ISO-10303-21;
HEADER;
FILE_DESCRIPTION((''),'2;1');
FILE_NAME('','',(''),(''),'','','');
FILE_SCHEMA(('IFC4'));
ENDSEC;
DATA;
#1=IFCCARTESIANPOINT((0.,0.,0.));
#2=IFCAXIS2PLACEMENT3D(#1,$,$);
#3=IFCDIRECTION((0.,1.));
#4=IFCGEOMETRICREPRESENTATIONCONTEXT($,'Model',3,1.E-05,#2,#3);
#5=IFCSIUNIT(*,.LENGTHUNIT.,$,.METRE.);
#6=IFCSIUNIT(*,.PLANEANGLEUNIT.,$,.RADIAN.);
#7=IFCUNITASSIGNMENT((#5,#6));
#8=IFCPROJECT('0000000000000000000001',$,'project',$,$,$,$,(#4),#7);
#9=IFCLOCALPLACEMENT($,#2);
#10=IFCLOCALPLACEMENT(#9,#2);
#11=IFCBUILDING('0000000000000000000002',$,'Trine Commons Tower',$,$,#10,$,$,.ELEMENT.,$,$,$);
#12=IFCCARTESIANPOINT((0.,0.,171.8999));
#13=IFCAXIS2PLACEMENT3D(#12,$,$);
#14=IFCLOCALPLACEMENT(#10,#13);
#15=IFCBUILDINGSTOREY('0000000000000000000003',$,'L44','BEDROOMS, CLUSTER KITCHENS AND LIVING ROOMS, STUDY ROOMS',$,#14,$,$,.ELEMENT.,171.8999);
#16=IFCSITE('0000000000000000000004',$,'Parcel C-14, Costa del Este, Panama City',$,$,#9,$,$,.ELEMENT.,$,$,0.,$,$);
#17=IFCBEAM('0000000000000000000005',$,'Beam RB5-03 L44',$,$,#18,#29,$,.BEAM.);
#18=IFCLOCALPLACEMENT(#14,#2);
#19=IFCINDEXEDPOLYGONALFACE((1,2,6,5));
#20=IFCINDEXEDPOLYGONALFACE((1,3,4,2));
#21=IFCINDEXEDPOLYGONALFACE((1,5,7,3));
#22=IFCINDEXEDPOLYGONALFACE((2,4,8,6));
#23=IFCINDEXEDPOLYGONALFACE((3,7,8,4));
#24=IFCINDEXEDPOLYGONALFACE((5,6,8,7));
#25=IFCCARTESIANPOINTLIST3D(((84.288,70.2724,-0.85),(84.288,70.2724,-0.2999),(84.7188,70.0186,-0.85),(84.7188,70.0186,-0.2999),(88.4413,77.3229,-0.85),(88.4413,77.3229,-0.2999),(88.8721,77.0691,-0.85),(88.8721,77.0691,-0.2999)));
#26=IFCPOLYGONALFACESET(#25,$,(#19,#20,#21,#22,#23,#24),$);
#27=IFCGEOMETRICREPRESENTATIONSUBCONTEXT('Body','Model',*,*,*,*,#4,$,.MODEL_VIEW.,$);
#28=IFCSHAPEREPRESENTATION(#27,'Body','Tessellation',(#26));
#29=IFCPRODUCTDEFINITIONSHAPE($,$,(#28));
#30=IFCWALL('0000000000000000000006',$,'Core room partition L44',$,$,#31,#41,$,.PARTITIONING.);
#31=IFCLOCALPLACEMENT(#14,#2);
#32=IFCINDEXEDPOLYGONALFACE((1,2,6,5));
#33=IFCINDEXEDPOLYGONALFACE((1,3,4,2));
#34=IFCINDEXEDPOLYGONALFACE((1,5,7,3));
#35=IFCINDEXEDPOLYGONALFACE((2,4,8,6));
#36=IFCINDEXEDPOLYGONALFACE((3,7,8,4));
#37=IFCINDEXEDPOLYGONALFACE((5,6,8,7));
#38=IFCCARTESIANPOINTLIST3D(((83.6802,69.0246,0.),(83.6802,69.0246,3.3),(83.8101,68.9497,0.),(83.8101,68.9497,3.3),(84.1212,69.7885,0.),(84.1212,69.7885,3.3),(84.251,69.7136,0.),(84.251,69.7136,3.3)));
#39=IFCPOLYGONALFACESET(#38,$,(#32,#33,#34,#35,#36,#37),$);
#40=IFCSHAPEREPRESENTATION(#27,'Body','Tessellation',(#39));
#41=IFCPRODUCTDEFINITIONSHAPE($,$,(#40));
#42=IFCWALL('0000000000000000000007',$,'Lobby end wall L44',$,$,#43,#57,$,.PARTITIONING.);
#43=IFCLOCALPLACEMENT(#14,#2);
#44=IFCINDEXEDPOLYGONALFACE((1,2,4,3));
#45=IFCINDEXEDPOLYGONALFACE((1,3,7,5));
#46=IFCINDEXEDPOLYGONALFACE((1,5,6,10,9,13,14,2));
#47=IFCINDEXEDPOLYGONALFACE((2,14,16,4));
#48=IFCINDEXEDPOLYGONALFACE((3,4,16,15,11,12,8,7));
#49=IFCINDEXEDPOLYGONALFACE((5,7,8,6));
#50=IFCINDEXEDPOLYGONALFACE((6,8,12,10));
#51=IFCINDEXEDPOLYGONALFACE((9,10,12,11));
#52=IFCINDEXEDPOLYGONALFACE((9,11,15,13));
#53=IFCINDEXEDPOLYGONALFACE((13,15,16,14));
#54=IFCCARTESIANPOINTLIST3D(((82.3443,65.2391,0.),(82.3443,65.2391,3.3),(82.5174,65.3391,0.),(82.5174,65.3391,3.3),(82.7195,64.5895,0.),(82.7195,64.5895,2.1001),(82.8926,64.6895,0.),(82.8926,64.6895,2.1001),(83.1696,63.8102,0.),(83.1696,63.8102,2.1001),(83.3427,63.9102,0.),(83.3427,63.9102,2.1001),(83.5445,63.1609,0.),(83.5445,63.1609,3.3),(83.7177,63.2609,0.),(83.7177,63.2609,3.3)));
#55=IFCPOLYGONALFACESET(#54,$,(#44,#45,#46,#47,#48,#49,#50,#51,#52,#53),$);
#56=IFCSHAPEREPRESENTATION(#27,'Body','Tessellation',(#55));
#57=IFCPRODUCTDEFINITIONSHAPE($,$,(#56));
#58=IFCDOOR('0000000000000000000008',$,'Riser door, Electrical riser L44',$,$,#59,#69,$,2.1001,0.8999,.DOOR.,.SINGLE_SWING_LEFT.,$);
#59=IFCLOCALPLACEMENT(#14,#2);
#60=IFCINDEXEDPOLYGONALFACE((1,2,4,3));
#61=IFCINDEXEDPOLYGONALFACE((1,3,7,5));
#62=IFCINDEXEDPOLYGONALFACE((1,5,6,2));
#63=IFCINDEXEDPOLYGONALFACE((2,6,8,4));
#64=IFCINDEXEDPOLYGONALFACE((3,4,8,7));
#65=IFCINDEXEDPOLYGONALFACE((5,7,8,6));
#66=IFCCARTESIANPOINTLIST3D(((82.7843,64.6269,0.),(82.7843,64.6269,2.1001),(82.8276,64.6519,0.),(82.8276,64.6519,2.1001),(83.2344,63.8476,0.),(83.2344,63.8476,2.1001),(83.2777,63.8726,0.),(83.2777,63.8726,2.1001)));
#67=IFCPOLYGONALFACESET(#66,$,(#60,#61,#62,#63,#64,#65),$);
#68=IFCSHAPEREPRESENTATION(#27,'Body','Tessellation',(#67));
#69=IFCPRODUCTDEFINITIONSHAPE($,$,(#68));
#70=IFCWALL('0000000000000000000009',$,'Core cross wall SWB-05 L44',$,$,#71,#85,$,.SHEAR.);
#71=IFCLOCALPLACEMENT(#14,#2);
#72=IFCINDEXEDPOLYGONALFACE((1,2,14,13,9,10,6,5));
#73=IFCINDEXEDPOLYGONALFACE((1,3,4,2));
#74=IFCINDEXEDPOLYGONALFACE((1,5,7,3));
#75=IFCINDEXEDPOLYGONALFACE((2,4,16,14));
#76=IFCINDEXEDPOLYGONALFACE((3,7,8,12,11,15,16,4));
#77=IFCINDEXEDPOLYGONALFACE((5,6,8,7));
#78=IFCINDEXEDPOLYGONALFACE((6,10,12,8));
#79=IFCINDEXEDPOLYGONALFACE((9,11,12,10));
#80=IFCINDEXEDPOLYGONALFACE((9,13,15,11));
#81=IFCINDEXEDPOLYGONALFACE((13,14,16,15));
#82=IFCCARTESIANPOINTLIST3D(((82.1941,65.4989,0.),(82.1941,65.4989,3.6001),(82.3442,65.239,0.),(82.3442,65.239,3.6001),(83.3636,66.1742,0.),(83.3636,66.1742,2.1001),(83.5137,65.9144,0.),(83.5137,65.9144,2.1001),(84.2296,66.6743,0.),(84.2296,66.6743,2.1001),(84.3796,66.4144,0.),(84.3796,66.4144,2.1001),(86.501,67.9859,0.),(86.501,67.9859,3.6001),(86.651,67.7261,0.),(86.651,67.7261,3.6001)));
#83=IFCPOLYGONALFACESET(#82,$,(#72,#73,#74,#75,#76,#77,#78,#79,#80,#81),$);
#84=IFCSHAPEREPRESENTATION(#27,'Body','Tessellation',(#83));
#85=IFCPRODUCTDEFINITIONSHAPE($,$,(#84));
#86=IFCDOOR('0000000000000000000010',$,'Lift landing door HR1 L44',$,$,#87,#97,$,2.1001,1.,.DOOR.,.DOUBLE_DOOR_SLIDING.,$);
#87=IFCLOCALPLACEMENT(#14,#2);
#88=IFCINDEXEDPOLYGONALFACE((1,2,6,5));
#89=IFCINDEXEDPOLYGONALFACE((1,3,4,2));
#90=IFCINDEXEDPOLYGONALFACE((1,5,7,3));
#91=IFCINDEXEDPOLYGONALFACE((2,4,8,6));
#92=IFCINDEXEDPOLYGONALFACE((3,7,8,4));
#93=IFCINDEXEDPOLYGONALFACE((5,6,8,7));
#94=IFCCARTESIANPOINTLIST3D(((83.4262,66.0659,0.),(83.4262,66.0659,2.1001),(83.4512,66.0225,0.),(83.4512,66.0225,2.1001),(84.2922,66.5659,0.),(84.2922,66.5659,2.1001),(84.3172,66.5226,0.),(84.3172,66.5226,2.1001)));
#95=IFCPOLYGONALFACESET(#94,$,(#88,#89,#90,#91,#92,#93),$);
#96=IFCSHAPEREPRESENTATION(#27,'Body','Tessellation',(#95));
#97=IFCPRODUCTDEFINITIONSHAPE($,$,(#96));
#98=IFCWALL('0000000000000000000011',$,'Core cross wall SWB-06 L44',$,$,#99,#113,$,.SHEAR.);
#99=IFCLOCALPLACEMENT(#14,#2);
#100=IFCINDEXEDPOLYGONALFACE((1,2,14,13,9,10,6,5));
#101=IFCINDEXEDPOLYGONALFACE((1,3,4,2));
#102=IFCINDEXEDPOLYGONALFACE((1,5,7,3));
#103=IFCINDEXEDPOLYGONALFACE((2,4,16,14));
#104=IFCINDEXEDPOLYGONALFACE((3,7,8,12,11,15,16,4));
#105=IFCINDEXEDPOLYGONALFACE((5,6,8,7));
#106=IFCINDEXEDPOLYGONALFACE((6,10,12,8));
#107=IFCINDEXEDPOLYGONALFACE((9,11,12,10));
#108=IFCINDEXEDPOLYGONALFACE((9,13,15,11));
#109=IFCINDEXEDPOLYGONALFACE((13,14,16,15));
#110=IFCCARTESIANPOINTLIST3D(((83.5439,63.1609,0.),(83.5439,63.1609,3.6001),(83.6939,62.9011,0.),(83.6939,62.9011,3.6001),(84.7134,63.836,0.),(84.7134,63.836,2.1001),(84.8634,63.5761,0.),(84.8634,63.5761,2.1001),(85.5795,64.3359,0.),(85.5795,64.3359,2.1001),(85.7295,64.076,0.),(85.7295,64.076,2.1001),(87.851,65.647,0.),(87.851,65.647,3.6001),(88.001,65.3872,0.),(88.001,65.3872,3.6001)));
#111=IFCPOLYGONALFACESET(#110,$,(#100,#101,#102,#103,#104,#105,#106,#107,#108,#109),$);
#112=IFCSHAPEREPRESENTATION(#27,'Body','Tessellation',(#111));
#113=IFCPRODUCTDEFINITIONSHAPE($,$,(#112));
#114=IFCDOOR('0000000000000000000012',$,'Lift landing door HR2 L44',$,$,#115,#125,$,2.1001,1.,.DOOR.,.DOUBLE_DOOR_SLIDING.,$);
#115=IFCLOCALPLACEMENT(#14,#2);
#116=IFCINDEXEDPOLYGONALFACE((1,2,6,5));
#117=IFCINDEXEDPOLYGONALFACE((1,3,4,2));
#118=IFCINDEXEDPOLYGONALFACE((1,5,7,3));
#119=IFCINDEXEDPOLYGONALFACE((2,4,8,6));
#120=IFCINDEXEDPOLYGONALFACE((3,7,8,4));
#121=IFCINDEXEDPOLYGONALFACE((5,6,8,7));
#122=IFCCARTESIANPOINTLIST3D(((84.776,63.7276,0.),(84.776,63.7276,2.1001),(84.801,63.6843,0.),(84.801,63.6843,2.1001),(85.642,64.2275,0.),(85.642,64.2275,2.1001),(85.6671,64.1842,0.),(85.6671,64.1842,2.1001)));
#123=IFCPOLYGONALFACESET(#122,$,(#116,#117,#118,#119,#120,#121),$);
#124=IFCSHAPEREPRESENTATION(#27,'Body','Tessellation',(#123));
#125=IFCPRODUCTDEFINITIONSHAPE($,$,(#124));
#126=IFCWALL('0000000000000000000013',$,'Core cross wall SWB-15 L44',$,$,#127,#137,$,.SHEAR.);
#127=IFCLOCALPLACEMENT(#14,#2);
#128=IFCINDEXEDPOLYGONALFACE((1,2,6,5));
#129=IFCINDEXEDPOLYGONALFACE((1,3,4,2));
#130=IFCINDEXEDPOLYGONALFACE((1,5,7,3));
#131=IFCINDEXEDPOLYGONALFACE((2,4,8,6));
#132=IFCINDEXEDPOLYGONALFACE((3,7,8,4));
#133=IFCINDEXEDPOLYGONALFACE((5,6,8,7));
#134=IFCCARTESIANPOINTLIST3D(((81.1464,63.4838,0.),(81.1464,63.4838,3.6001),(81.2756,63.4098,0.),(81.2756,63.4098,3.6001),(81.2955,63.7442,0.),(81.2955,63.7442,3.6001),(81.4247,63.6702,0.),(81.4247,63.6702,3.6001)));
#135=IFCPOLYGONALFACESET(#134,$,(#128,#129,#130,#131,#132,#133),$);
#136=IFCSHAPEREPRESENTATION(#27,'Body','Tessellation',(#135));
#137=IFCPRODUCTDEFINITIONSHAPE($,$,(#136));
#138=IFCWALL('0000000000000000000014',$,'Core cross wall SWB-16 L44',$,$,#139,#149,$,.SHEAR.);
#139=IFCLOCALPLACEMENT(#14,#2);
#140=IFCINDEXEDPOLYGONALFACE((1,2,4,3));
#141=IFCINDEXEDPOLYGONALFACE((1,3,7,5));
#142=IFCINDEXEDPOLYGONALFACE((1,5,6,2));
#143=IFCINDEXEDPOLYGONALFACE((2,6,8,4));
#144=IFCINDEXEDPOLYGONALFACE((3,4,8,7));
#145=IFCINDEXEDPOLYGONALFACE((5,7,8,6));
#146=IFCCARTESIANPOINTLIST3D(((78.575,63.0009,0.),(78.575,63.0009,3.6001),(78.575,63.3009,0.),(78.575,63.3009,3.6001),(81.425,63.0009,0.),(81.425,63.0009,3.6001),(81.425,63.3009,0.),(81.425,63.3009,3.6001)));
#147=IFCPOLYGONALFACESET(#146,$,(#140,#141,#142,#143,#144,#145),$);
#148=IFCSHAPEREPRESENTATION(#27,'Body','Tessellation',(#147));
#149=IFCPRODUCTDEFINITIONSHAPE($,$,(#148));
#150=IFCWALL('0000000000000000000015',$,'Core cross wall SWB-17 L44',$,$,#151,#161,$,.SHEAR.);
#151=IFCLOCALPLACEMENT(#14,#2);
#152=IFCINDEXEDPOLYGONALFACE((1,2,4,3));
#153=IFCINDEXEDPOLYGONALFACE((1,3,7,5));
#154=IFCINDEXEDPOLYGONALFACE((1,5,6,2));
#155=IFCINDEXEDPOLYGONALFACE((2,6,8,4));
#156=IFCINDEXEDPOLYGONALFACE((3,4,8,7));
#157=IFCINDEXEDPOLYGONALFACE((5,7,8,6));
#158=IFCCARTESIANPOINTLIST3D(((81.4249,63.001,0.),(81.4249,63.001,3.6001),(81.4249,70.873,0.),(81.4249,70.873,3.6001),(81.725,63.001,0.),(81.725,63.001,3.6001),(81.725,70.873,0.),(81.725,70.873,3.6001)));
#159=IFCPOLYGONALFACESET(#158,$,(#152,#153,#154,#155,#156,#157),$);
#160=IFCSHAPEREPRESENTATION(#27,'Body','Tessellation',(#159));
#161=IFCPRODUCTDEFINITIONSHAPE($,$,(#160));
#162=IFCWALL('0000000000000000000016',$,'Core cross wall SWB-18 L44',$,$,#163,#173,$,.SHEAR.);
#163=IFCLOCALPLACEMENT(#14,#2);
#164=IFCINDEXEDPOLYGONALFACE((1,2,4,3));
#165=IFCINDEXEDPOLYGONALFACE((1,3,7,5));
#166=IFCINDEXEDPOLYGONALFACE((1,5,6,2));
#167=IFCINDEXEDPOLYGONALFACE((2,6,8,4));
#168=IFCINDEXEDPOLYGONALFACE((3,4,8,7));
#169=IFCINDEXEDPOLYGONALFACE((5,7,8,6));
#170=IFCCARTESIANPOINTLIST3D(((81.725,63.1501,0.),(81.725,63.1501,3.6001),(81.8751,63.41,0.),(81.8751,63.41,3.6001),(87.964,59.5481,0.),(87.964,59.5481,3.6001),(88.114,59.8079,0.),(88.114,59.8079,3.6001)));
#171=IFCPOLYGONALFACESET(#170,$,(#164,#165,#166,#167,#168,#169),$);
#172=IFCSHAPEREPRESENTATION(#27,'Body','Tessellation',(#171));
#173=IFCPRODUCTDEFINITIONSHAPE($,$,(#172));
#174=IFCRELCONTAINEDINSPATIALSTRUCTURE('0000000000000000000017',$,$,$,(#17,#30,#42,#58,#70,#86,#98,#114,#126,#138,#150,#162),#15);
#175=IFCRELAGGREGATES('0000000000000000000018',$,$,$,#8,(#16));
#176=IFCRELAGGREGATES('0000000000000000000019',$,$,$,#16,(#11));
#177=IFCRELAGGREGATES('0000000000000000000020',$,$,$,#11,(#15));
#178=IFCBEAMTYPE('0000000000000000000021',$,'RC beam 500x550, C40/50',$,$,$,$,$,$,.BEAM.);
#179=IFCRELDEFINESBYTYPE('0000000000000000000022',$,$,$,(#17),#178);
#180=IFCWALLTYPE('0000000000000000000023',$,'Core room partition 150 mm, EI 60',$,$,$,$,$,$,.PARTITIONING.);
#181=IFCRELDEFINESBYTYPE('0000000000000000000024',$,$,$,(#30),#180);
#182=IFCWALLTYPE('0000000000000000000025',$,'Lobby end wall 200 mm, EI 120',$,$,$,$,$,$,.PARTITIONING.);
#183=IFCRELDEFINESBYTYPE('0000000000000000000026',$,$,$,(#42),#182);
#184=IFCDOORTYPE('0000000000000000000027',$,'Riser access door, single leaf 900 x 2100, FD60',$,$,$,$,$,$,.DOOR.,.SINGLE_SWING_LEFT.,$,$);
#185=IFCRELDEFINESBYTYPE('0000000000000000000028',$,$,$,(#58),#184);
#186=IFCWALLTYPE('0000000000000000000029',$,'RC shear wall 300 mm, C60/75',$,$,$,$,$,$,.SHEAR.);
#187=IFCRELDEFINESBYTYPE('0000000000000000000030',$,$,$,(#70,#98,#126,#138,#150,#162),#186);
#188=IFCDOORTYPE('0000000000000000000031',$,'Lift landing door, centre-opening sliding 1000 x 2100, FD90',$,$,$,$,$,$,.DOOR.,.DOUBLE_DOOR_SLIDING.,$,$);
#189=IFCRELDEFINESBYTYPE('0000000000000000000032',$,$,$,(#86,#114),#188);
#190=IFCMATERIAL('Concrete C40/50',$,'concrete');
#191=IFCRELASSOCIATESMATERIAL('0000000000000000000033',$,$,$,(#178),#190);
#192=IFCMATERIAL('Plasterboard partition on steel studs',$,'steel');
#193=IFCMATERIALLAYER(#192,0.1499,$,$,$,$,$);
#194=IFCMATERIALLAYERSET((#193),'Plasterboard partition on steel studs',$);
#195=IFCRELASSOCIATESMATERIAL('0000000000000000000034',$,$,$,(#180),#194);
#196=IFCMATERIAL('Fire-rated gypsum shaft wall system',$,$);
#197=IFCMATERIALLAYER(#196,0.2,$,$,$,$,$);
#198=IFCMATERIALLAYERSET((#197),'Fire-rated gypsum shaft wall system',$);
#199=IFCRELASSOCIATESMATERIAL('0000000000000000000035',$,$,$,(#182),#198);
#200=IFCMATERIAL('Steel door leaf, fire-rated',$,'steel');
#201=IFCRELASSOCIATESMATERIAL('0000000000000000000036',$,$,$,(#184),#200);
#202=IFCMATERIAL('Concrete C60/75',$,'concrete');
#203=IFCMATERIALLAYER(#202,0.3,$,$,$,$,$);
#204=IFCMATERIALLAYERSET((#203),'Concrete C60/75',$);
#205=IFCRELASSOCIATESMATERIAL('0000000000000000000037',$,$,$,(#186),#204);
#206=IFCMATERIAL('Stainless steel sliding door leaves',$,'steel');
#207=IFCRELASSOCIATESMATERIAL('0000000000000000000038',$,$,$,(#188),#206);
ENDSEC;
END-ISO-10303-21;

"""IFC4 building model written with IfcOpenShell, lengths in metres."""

from ifc_helpers import new_model, si_unit, direction, frame, frame_2d, origin, origin_2d, place, context, subcontext, project, spatial, rectangle, extrude, material, layer, layer_set, material_profile, profile_set, type_object, element, fill, save


model = new_model("IFC4")

# Units and contexts
model_context = context("Model", 3, precision=1e-05, world=origin(), true_north=direction((0.0, 1.0)))
body_context = subcontext(model_context, "Body", "Model", "MODEL_VIEW")
ifc_project = project(units=[si_unit("LENGTHUNIT", "METRE"), si_unit("PLANEANGLEUNIT", "RADIAN")], contexts=[model_context])

# Site, building, storey
site_placement = place(None, origin())
site = spatial("IfcSite", under=ifc_project, at=site_placement, Name="Parcel C-14, Costa del Este, Panama City", CompositionType="ELEMENT", RefElevation=0.0)
building_placement = place(site_placement, origin())
building = spatial("IfcBuilding", under=site, at=building_placement, Name="Trine Commons Tower", CompositionType="ELEMENT")
storey_placement = place(building_placement, frame((0.0, 0.0, 171.8999)))
storey = spatial("IfcBuildingStorey", under=building, at=storey_placement, Name="L44", Description="BEDROOMS, CLUSTER KITCHENS AND LIVING ROOMS, STUDY ROOMS", CompositionType="ELEMENT", Elevation=171.8999)

# Beam
ifc_material_1 = material(Name="Concrete C40/50", Category="concrete")
ifc_material_profile = material_profile(ifc_material_1, rectangle(XDim=0.5, YDim=0.55, at=origin_2d()), Name="RC 500x550")
ifc_profile_set = profile_set([ifc_material_profile], Name="Concrete C40/50")
beam_type = type_object("IfcBeamType", Name="RC beam 500x550, C40/50", PredefinedType="BEAM", material=ifc_profile_set)
beam_placement = place(storey_placement, frame((84.5034, 70.1455, -0.575), z_axis=(0.50756, 0.861617, 0.0), x_axis=(-0.861617, 0.50756, 0.0)))
element("IfcBeam", 1, at=beam_placement, inside=storey, type_object=beam_type, Name="Beam RB5-03 L44", PredefinedType="BEAM", context=body_context, shape_type="SweptSolid", body=[
    extrude(rectangle(XDim=0.5, YDim=0.55, at=origin_2d()), origin(), (0.0, 0.0, 1.0), 8.1829),
])

# Wall
ifc_material_2 = material(Name="Plasterboard partition on steel studs", Category="steel")
ifc_layer_1 = layer(ifc_material_2, 0.1499)
ifc_layer_set_1 = layer_set([ifc_layer_1], Name="Plasterboard partition on steel studs")
wall_type_1 = type_object("IfcWallType", Name="Core room partition 150 mm, EI 60", PredefinedType="PARTITIONING", material=ifc_layer_set_1)
wall_1_placement = place(storey_placement, frame((84.186, 69.751, 0.0), z_axis=(0.0, 0.0, 1.0), x_axis=(-0.49989, -0.866089, 0.0)))
element("IfcWall", 2, at=wall_1_placement, inside=storey, type_object=wall_type_1, Name="Core room partition L44", PredefinedType="PARTITIONING", context=body_context, shape_type="SweptSolid", body=[
    extrude(rectangle(XDim=0.8821, YDim=0.1499, at=frame_2d((0.4409, 0.0))), origin(), (0.0, 0.0, 1.0), 3.3),
])

# Walls, openings, doors
ifc_material_3 = material(Name="Fire-rated gypsum shaft wall system")
ifc_layer_2 = layer(ifc_material_3, 0.2)
ifc_layer_set_2 = layer_set([ifc_layer_2], Name="Fire-rated gypsum shaft wall system")
wall_type_2 = type_object("IfcWallType", Name="Lobby end wall 200 mm, EI 120", PredefinedType="PARTITIONING", material=ifc_layer_set_2)
wall_2_placement = place(storey_placement, frame((83.6311, 63.2109, 0.0), z_axis=(0.0, 0.0, 1.0), x_axis=(-0.500122, 0.865955, 0.0)))
wall_2 = element("IfcWall", 3, at=wall_2_placement, inside=storey, type_object=wall_type_2, Name="Lobby end wall L44", PredefinedType="PARTITIONING", context=body_context, shape_type="SweptSolid", body=[
    extrude(rectangle(XDim=2.3999, YDim=0.2, at=frame_2d((1.2, 0.0))), origin(), (0.0, 0.0, 1.0), 3.3),
])
opening_1_placement = place(wall_2_placement, frame((0.7498, 0.0, 0.0)))
opening_1 = element("IfcOpeningElement", 4, at=opening_1_placement, cuts=wall_2, PredefinedType="OPENING", context=body_context, shape_type="SweptSolid", body=[
    extrude(rectangle(XDim=0.8999, YDim=2.1001, at=frame_2d((0.45, 1.05))), frame((0.0, 0.1099, 0.0), z_axis=(0.0, -1.0, 0.0), x_axis=(1.0, 0.0, 0.0)), (0.0, 0.0, 1.0), 0.22),
])
ifc_material_4 = material(Name="Steel door leaf, fire-rated", Category="steel")
door_type_1 = type_object("IfcDoorType", Name="Riser access door, single leaf 900 x 2100, FD60", OperationType="SINGLE_SWING_LEFT", PredefinedType="DOOR", material=ifc_material_4)
door_1_placement = place(opening_1_placement, frame((0.8999, 0.0, 0.0), z_axis=(0.0, 0.0, 1.0), x_axis=(-1.0, 0.0, 0.0)))
door_1 = element("IfcDoor", 5, at=door_1_placement, inside=storey, type_object=door_type_1, Name="Riser door, Electrical riser L44", OperationType="SINGLE_SWING_LEFT", OverallHeight=2.1001, OverallWidth=0.8999, PredefinedType="DOOR", context=body_context, shape_type="SweptSolid", body=[
    extrude(rectangle(XDim=0.8999, YDim=2.1001, at=frame_2d((0.45, 1.05))), frame((0.0, 0.0249, 0.0), z_axis=(0.0, -1.0, 0.0), x_axis=(1.0, 0.0, 0.0)), (0.0, 0.0, 1.0), 0.05),
])
fill(opening_1, door_1)
ifc_material_5 = material(Name="Concrete C60/75", Category="concrete")
ifc_layer_3 = layer(ifc_material_5, 0.3)
ifc_layer_set_3 = layer_set([ifc_layer_3], Name="Concrete C60/75")
wall_type_3 = type_object("IfcWallType", Name="RC shear wall 300 mm, C60/75", PredefinedType="SHEAR", material=ifc_layer_set_3)
wall_3_placement = place(storey_placement, frame((82.269, 65.3689, 0.0), z_axis=(0.0, 0.0, 1.0), x_axis=(0.865984, 0.500072, 0.0)))
wall_3 = element("IfcWall", 6, at=wall_3_placement, inside=storey, type_object=wall_type_3, Name="Core cross wall SWB-05 L44", PredefinedType="SHEAR", context=body_context, shape_type="SweptSolid", body=[
    extrude(rectangle(XDim=4.9734, YDim=0.3, at=frame_2d((2.4868, 0.0))), origin(), (0.0, 0.0, 1.0), 3.6001),
])
opening_2_placement = place(wall_3_placement, frame((1.3506, 0.0, 0.0)))
opening_2 = element("IfcOpeningElement", 7, at=opening_2_placement, cuts=wall_3, PredefinedType="OPENING", context=body_context, shape_type="SweptSolid", body=[
    extrude(rectangle(XDim=1.0, YDim=2.1001, at=frame_2d((0.5, 1.05))), frame((0.0, 0.1599, 0.0), z_axis=(0.0, -1.0, 0.0), x_axis=(1.0, 0.0, 0.0)), (0.0, 0.0, 1.0), 0.3201),
])
ifc_material_6 = material(Name="Stainless steel sliding door leaves", Category="steel")
door_type_2 = type_object("IfcDoorType", Name="Lift landing door, centre-opening sliding 1000 x 2100, FD90", OperationType="DOUBLE_DOOR_SLIDING", PredefinedType="DOOR", material=ifc_material_6)
door_2_placement = place(opening_2_placement, origin())
door_2 = element("IfcDoor", 8, at=door_2_placement, inside=storey, type_object=door_type_2, Name="Lift landing door HR1 L44", OperationType="DOUBLE_DOOR_SLIDING", OverallHeight=2.1001, OverallWidth=1.0, PredefinedType="DOOR", context=body_context, shape_type="SweptSolid", body=[
    extrude(rectangle(XDim=1.0, YDim=2.1001, at=frame_2d((0.5, 1.05))), frame((0.0, 0.0249, 0.0), z_axis=(0.0, -1.0, 0.0), x_axis=(1.0, 0.0, 0.0)), (0.0, 0.0, 1.0), 0.05),
])
fill(opening_2, door_2)
wall_4_placement = place(storey_placement, frame((83.6189, 63.031, 0.0), z_axis=(0.0, 0.0, 1.0), x_axis=(0.866081, 0.499904, 0.0)))
wall_4 = element("IfcWall", 9, at=wall_4_placement, inside=storey, type_object=wall_type_3, Name="Core cross wall SWB-06 L44", PredefinedType="SHEAR", context=body_context, shape_type="SweptSolid", body=[
    extrude(rectangle(XDim=4.9731, YDim=0.3, at=frame_2d((2.4866, 0.0))), origin(), (0.0, 0.0, 1.0), 3.6001),
])
opening_3_placement = place(wall_4_placement, frame((1.3503, 0.0, 0.0)))
opening_3 = element("IfcOpeningElement", 10, at=opening_3_placement, cuts=wall_4, PredefinedType="OPENING", context=body_context, shape_type="SweptSolid", body=[
    extrude(rectangle(XDim=1.0, YDim=2.1001, at=frame_2d((0.5, 1.05))), frame((0.0, 0.1599, 0.0), z_axis=(0.0, -1.0, 0.0), x_axis=(1.0, 0.0, 0.0)), (0.0, 0.0, 1.0), 0.3201),
])
door_3_placement = place(opening_3_placement, origin())
door_3 = element("IfcDoor", 11, at=door_3_placement, inside=storey, type_object=door_type_2, Name="Lift landing door HR2 L44", OperationType="DOUBLE_DOOR_SLIDING", OverallHeight=2.1001, OverallWidth=1.0, PredefinedType="DOOR", context=body_context, shape_type="SweptSolid", body=[
    extrude(rectangle(XDim=1.0, YDim=2.1001, at=frame_2d((0.5, 1.05))), frame((0.0, 0.0249, 0.0), z_axis=(0.0, -1.0, 0.0), x_axis=(1.0, 0.0, 0.0)), (0.0, 0.0, 1.0), 0.05),
])
fill(opening_3, door_3)

# Walls
wall_5_placement = place(storey_placement, frame((81.2209, 63.614, 0.0), z_axis=(0.0, 0.0, 1.0), x_axis=(0.867738, -0.497022, 0.0)))
element("IfcWall", 12, at=wall_5_placement, inside=storey, type_object=wall_type_3, Name="Core cross wall SWB-15 L44", PredefinedType="SHEAR", context=body_context, shape_type="SweptSolid", body=[
    extrude(rectangle(XDim=0.1489, YDim=0.3, at=frame_2d((0.0745, 0.0))), origin(), (0.0, 0.0, 1.0), 3.6001),
])
wall_6_placement = place(storey_placement, frame((81.425, 63.1509, 0.0), z_axis=(0.0, 0.0, 1.0), x_axis=(-1.0, 0.0, 0.0)))
element("IfcWall", 13, at=wall_6_placement, inside=storey, type_object=wall_type_3, Name="Core cross wall SWB-16 L44", PredefinedType="SHEAR", context=body_context, shape_type="SweptSolid", body=[
    extrude(rectangle(XDim=2.8501, YDim=0.3, at=frame_2d((1.425, 0.0))), origin(), (0.0, 0.0, 1.0), 3.6001),
])
wall_7_placement = place(storey_placement, frame((81.575, 63.001, 0.0), z_axis=(0.0, 0.0, 1.0), x_axis=(0.0, 1.0, 0.0)))
element("IfcWall", 14, at=wall_7_placement, inside=storey, type_object=wall_type_3, Name="Core cross wall SWB-17 L44", PredefinedType="SHEAR", context=body_context, shape_type="SweptSolid", body=[
    extrude(rectangle(XDim=7.8721, YDim=0.3, at=frame_2d((3.936, 0.0))), origin(), (0.0, 0.0, 1.0), 3.6001),
])
wall_8_placement = place(storey_placement, frame((81.8, 63.28, 0.0), z_axis=(0.0, 0.0, 1.0), x_axis=(0.866028, -0.499995, 0.0)))
element("IfcWall", 15, at=wall_8_placement, inside=storey, type_object=wall_type_3, Name="Core cross wall SWB-18 L44", PredefinedType="SHEAR", context=body_context, shape_type="SweptSolid", body=[
    extrude(rectangle(XDim=7.2041, YDim=0.3, at=frame_2d((3.6021, 0.0))), origin(), (0.0, 0.0, 1.0), 3.6001),
])

save(model, "model.ifc")
